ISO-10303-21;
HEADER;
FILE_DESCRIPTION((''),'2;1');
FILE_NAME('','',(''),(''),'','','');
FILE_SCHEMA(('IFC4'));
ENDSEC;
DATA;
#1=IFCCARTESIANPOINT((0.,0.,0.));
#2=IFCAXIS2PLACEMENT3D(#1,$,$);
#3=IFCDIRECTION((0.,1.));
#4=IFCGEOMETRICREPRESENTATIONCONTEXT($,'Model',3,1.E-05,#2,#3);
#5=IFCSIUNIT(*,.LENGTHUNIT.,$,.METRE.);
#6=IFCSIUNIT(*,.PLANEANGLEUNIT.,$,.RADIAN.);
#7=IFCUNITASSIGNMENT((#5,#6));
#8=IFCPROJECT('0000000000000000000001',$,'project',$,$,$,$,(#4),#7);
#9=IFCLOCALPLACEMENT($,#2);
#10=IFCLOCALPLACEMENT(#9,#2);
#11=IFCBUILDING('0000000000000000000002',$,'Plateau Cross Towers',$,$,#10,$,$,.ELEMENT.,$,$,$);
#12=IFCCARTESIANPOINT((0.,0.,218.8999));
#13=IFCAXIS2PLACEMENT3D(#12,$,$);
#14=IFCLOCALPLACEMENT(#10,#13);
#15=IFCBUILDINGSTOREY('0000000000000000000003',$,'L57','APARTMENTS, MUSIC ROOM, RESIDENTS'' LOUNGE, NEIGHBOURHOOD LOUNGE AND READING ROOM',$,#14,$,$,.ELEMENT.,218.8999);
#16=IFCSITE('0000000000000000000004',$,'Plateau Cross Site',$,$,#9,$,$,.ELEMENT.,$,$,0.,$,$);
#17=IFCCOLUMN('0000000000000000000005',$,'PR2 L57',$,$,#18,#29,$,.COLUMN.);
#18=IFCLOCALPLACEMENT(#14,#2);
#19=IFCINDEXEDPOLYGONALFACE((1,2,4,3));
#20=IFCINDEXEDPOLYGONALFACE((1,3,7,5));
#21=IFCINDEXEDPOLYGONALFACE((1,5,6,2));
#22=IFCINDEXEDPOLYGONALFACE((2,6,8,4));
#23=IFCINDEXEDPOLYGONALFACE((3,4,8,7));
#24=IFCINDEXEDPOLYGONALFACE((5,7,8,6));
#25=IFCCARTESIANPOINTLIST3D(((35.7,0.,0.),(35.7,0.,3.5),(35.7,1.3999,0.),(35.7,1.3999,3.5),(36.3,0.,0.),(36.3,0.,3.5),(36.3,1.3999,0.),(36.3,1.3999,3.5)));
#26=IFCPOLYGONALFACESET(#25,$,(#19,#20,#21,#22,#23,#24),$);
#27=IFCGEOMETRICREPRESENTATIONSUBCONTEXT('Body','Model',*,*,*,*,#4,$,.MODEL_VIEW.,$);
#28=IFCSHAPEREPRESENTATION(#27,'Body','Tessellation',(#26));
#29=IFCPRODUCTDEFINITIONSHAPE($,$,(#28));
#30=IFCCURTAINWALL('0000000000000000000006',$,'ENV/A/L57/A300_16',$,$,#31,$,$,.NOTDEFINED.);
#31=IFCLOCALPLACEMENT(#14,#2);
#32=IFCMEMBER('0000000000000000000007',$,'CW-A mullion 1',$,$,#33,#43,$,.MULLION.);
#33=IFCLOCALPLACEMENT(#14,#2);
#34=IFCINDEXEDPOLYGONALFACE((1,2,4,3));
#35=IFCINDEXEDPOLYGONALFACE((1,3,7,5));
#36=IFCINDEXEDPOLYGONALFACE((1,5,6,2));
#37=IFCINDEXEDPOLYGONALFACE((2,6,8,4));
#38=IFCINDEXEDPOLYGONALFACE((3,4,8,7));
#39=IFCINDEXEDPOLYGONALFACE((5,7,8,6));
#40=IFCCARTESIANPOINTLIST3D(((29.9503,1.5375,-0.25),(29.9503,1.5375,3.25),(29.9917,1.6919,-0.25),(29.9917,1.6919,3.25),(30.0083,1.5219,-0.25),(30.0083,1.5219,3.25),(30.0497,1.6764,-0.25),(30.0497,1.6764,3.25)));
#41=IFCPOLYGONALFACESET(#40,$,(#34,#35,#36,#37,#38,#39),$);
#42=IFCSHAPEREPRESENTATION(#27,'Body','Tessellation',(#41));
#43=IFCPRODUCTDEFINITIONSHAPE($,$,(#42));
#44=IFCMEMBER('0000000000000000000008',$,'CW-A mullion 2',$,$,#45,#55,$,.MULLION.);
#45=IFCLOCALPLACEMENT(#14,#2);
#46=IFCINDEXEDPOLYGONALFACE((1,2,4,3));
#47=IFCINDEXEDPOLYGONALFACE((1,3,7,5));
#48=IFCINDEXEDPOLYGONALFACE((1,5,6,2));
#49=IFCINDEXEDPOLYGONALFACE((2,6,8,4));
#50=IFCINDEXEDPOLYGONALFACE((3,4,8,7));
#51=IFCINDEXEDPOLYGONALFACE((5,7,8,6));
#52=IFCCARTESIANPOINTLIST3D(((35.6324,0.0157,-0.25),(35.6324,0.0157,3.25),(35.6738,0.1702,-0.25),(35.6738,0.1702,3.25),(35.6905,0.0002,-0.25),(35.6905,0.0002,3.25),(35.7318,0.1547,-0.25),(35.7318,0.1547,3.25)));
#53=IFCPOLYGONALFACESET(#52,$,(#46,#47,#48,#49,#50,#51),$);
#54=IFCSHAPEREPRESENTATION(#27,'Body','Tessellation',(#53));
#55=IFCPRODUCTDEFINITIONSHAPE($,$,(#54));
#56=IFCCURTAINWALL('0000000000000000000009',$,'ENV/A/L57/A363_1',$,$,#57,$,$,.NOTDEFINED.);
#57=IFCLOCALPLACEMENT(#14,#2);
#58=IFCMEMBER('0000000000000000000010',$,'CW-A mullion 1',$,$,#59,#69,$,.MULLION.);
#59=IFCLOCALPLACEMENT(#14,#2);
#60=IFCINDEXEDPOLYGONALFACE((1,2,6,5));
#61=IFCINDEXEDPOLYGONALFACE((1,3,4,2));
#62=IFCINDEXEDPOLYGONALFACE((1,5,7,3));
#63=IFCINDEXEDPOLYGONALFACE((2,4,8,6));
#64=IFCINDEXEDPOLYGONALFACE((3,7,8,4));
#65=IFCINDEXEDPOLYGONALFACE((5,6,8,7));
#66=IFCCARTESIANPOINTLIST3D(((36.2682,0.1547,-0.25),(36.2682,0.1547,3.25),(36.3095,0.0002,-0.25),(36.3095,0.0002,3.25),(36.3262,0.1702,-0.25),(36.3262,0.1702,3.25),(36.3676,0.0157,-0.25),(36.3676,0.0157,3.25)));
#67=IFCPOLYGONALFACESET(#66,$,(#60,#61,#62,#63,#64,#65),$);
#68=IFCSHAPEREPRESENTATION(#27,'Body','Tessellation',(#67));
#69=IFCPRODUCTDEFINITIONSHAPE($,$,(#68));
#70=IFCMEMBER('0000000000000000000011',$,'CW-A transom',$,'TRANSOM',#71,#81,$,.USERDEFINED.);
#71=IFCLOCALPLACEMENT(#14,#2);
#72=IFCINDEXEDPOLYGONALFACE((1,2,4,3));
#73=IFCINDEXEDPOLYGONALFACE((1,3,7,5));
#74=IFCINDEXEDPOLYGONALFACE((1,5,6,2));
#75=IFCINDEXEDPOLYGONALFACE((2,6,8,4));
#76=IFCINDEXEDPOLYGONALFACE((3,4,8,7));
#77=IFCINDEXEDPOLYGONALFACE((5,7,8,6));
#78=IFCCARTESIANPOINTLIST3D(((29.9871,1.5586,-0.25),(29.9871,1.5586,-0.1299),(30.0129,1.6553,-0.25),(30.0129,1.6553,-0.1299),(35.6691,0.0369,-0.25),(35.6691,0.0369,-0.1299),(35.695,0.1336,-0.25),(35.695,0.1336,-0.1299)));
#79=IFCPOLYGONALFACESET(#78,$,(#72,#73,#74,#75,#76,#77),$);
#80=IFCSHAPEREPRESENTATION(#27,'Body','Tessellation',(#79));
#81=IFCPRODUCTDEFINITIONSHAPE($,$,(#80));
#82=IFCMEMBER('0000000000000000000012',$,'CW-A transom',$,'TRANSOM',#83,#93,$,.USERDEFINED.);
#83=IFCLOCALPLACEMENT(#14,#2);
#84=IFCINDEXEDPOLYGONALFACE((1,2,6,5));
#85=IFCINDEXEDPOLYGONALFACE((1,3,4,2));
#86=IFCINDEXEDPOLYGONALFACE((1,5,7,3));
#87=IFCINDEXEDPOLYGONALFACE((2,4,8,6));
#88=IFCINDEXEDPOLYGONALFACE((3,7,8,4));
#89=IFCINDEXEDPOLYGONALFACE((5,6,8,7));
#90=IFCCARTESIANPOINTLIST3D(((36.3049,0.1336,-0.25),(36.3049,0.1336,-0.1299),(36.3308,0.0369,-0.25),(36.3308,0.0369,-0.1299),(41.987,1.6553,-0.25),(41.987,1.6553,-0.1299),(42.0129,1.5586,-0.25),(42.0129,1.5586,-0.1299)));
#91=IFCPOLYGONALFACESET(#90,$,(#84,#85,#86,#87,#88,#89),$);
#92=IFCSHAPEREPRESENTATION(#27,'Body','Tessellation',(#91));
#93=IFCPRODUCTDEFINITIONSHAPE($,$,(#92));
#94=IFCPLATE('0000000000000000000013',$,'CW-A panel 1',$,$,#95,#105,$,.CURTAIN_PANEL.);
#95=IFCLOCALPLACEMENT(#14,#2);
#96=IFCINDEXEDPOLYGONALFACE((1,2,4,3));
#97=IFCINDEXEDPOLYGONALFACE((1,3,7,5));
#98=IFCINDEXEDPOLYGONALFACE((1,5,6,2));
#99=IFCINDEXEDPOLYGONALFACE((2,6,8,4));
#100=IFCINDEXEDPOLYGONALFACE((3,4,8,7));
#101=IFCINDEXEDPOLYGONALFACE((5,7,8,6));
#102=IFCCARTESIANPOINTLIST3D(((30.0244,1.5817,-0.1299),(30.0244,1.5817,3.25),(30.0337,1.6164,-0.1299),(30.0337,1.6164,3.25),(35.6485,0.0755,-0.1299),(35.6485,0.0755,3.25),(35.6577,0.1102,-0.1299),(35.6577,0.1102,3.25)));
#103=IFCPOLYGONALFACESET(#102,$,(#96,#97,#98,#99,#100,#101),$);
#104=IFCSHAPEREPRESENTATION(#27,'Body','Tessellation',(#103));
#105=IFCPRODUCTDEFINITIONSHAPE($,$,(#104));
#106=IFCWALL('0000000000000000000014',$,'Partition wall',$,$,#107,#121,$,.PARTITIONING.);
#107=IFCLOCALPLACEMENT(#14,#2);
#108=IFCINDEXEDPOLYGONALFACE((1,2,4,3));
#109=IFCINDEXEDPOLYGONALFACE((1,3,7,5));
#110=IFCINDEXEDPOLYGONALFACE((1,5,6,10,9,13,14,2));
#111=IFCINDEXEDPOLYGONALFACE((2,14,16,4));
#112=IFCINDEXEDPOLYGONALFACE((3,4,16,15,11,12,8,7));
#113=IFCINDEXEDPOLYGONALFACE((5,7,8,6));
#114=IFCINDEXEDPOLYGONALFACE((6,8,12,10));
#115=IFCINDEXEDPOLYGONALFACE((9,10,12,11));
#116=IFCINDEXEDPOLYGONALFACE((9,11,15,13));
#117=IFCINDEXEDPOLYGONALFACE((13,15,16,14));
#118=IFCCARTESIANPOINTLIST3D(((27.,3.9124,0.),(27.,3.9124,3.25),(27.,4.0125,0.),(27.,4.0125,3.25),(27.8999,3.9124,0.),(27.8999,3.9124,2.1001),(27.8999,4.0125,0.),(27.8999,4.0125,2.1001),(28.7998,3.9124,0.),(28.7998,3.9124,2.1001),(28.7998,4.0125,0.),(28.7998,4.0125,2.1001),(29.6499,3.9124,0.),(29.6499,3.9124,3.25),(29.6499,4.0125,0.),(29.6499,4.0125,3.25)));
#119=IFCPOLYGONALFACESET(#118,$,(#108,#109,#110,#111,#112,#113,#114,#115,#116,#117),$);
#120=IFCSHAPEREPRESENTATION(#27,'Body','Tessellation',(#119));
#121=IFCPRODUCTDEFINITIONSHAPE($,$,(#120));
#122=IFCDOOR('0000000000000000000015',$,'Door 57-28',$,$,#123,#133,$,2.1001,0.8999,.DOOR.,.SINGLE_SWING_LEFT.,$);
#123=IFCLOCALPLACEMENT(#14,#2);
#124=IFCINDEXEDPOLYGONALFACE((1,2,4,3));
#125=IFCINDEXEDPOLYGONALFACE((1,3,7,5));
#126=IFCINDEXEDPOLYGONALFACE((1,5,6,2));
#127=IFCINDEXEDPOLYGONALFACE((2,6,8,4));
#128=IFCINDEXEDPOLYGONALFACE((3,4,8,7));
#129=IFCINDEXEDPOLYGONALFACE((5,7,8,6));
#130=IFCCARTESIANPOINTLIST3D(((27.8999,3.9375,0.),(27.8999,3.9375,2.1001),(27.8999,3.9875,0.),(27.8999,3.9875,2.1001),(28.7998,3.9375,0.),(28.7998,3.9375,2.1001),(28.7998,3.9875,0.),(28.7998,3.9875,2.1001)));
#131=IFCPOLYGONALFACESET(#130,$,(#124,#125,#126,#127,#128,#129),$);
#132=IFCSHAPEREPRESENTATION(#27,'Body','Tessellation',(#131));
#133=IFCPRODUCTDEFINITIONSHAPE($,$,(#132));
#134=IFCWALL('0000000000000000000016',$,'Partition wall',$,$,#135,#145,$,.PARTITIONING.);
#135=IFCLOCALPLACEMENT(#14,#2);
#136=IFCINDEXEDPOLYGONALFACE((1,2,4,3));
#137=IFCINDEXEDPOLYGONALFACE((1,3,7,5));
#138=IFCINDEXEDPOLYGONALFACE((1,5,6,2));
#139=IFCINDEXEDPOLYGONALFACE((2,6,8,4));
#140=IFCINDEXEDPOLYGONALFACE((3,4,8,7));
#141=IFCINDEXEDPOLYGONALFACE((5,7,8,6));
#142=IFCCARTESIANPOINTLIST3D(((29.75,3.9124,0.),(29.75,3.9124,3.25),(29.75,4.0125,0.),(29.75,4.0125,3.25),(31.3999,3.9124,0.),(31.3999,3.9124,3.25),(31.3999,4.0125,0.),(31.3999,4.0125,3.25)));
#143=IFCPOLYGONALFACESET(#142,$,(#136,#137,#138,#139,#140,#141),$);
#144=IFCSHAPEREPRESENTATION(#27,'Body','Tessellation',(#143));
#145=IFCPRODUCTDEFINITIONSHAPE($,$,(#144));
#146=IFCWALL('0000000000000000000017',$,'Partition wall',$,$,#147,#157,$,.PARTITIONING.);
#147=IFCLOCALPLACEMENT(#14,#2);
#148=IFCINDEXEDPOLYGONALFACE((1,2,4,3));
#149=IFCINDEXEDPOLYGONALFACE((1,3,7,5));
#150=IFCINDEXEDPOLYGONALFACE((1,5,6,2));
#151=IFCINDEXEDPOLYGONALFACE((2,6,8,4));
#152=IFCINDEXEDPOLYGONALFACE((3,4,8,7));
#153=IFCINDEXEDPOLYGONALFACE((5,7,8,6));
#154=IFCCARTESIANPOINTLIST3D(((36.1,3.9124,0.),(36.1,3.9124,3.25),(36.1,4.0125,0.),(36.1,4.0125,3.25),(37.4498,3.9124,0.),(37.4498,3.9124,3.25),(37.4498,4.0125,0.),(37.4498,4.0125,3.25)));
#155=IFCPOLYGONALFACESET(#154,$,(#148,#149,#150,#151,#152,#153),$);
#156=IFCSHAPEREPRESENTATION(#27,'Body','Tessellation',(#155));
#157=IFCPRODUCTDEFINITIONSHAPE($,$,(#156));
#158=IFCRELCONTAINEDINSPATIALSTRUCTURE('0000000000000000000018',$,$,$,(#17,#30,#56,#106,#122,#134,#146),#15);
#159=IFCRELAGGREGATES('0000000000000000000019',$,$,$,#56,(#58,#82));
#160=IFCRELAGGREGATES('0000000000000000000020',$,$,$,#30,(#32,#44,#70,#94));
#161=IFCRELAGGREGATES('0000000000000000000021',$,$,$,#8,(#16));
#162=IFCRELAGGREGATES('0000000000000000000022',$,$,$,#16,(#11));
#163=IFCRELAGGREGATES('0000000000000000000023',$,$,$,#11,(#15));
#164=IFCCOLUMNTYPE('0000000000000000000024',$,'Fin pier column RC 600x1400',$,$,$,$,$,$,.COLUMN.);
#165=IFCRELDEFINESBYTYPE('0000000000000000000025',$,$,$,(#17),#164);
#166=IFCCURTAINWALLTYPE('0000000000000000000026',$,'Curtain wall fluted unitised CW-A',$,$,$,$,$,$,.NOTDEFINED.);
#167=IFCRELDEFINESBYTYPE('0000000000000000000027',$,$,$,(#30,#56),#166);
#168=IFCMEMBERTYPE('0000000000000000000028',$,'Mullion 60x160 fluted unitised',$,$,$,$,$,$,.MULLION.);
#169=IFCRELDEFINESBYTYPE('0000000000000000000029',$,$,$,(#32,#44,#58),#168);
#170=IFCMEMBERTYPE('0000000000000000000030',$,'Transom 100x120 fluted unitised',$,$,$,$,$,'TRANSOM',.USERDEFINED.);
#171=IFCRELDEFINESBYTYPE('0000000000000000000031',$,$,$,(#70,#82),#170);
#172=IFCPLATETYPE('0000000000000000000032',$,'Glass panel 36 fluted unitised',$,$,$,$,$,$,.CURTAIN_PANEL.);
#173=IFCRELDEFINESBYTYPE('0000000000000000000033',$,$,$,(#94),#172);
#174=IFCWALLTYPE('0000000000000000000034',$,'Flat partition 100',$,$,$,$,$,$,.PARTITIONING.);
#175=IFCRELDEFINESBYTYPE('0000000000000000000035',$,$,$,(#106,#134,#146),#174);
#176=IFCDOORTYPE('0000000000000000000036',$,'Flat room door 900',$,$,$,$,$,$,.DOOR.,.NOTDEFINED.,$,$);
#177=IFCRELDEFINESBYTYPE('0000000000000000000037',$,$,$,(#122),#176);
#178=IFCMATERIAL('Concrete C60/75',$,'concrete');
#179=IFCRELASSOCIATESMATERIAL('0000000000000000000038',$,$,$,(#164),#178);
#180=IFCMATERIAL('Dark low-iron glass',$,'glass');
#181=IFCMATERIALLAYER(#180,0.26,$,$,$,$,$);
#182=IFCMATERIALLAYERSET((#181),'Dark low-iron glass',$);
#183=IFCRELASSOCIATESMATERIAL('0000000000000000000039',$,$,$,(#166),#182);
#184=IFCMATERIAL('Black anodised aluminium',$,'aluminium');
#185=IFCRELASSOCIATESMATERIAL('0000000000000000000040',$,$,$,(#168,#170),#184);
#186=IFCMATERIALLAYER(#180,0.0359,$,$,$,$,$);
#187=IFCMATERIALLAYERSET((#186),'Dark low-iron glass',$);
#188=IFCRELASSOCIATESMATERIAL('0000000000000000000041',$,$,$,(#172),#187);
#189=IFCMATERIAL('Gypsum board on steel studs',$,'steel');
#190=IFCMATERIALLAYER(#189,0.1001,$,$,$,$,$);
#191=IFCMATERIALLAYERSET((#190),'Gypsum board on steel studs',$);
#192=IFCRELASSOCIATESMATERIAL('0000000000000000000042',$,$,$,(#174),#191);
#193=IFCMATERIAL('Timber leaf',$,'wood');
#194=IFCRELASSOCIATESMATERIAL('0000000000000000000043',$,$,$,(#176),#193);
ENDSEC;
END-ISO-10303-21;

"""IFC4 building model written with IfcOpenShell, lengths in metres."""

from ifc_helpers import new_model, si_unit, direction, frame, frame_2d, origin, origin_2d, place, context, subcontext, project, spatial, rectangle, extrude, material, layer, layer_set, material_profile, profile_set, type_object, element, fill, aggregate, save


model = new_model("IFC4")

# Units and contexts
model_context = context("Model", 3, precision=1e-05, world=origin(), true_north=direction((0.0, 1.0)))
body_context = subcontext(model_context, "Body", "Model", "MODEL_VIEW")
ifc_project = project(units=[si_unit("LENGTHUNIT", "METRE"), si_unit("PLANEANGLEUNIT", "RADIAN")], contexts=[model_context])

# Site, building, storey
site_placement = place(None, origin())
site = spatial("IfcSite", under=ifc_project, at=site_placement, Name="Plateau Cross Site", CompositionType="ELEMENT", RefElevation=0.0)
building_placement = place(site_placement, origin())
building = spatial("IfcBuilding", under=site, at=building_placement, Name="Plateau Cross Towers", CompositionType="ELEMENT")
storey_placement = place(building_placement, frame((0.0, 0.0, 218.8999)))
storey = spatial("IfcBuildingStorey", under=building, at=storey_placement, Name="L57", Description="APARTMENTS, MUSIC ROOM, RESIDENTS' LOUNGE, NEIGHBOURHOOD LOUNGE AND READING ROOM", CompositionType="ELEMENT", Elevation=218.8999)

# Column
ifc_material_1 = material(Name="Concrete C60/75", Category="concrete")
ifc_material_profile_1 = material_profile(ifc_material_1, rectangle(XDim=0.6001, YDim=1.3999, at=origin_2d()), Name="RC 600x1400")
ifc_profile_set_1 = profile_set([ifc_material_profile_1], Name="Concrete C60/75")
column_type = type_object("IfcColumnType", Name="Fin pier column RC 600x1400", PredefinedType="COLUMN", material=ifc_profile_set_1)
column_placement = place(storey_placement, frame((36.0, 0.7, 0.0), z_axis=(0.0, 0.0, 1.0), x_axis=(1.0, 0.0, 0.0)))
element("IfcColumn", 1, at=column_placement, inside=storey, type_object=column_type, Name="PR2 L57", PredefinedType="COLUMN", context=body_context, shape_type="SweptSolid", body=[
    extrude(rectangle(XDim=0.6001, YDim=1.3999, at=origin_2d()), origin(), (0.0, 0.0, 1.0), 3.5),
])

# Curtain wall, members
ifc_material_2 = material(Name="Dark low-iron glass", Category="glass")
ifc_layer_1 = layer(ifc_material_2, 0.26)
ifc_layer_set_1 = layer_set([ifc_layer_1], Name="Dark low-iron glass")
curtain_wall_type = type_object("IfcCurtainWallType", Name="Curtain wall fluted unitised CW-A", PredefinedType="NOTDEFINED", material=ifc_layer_set_1)
curtain_wall_1_placement = place(storey_placement, origin())
curtain_wall_1 = element("IfcCurtainWall", 2, at=curtain_wall_1_placement, inside=storey, type_object=curtain_wall_type, Name="ENV/A/L57/A300_16", PredefinedType="NOTDEFINED")
ifc_material_3 = material(Name="Black anodised aluminium", Category="aluminium")
ifc_material_profile_2 = material_profile(ifc_material_3, rectangle(XDim=0.0601, YDim=0.1599, at=origin_2d()), Name="MULLION 60x160")
ifc_profile_set_2 = profile_set([ifc_material_profile_2], Name="Black anodised aluminium")
member_type_1 = type_object("IfcMemberType", Name="Mullion 60x160 fluted unitised", PredefinedType="MULLION", material=ifc_profile_set_2)
member_1_placement = place(storey_placement, frame((30.0, 1.6069, -0.25), z_axis=(0.0, 0.0, 1.0), x_axis=(0.965958, -0.258699, 0.0)))
member_1 = element("IfcMember", 3, at=member_1_placement, type_object=member_type_1, Name="CW-A mullion 1", PredefinedType="MULLION", context=body_context, shape_type="SweptSolid", body=[
    extrude(rectangle(XDim=0.0601, YDim=0.1599, at=origin_2d()), origin(), (0.0, 0.0, 1.0), 3.5),
])
member_2_placement = place(storey_placement, frame((35.6821, 0.0852, -0.25), z_axis=(0.0, 0.0, 1.0), x_axis=(0.965958, -0.258699, 0.0)))
member_2 = element("IfcMember", 4, at=member_2_placement, type_object=member_type_1, Name="CW-A mullion 2", PredefinedType="MULLION", context=body_context, shape_type="SweptSolid", body=[
    extrude(rectangle(XDim=0.0601, YDim=0.1599, at=origin_2d()), origin(), (0.0, 0.0, 1.0), 3.5),
])

# Curtain wall, member
curtain_wall_2_placement = place(storey_placement, origin())
curtain_wall_2 = element("IfcCurtainWall", 5, at=curtain_wall_2_placement, inside=storey, type_object=curtain_wall_type, Name="ENV/A/L57/A363_1", PredefinedType="NOTDEFINED")
member_3_placement = place(storey_placement, frame((36.3179, 0.0852, -0.25), z_axis=(0.0, 0.0, 1.0), x_axis=(0.965958, 0.258699, 0.0)))
member_3 = element("IfcMember", 6, at=member_3_placement, type_object=member_type_1, Name="CW-A mullion 1", PredefinedType="MULLION", context=body_context, shape_type="SweptSolid", body=[
    extrude(rectangle(XDim=0.0601, YDim=0.1599, at=origin_2d()), origin(), (0.0, 0.0, 1.0), 3.5),
])

# Members
ifc_material_profile_3 = material_profile(ifc_material_3, rectangle(XDim=0.1001, YDim=0.1201, at=origin_2d()), Name="TRANSOM 100x120")
ifc_profile_set_3 = profile_set([ifc_material_profile_3], Name="Black anodised aluminium")
member_type_2 = type_object("IfcMemberType", Name="Transom 100x120 fluted unitised", ElementType="TRANSOM", PredefinedType="USERDEFINED", material=ifc_profile_set_3)
member_4_placement = place(storey_placement, frame((30.0, 1.6069, -0.1899), z_axis=(0.96596, -0.258693, 0.0), x_axis=(0.258693, 0.96596, 0.0)))
member_4 = element("IfcMember", 7, at=member_4_placement, type_object=member_type_2, Name="CW-A transom", ObjectType="TRANSOM", PredefinedType="USERDEFINED", context=body_context, shape_type="SweptSolid", body=[
    extrude(rectangle(XDim=0.1001, YDim=0.1201, at=origin_2d()), origin(), (0.0, 0.0, 1.0), 5.8823),
])
member_5_placement = place(storey_placement, frame((36.3179, 0.0852, -0.1899), z_axis=(0.96596, 0.258693, 0.0), x_axis=(-0.258693, 0.96596, 0.0)))
member_5 = element("IfcMember", 8, at=member_5_placement, type_object=member_type_2, Name="CW-A transom", ObjectType="TRANSOM", PredefinedType="USERDEFINED", context=body_context, shape_type="SweptSolid", body=[
    extrude(rectangle(XDim=0.1001, YDim=0.1201, at=origin_2d()), origin(), (0.0, 0.0, 1.0), 5.8823),
])
aggregate(curtain_wall_2, [member_3, member_5])

# Plate
ifc_layer_2 = layer(ifc_material_2, 0.0359)
ifc_layer_set_2 = layer_set([ifc_layer_2], Name="Dark low-iron glass")
plate_type = type_object("IfcPlateType", Name="Glass panel 36 fluted unitised", PredefinedType="CURTAIN_PANEL", material=ifc_layer_set_2)
plate_placement = place(storey_placement, frame((32.8411, 0.8459, -0.1299), z_axis=(0.0, 0.0, 1.0), x_axis=(0.965958, -0.258699, 0.0)))
plate = element("IfcPlate", 9, at=plate_placement, type_object=plate_type, Name="CW-A panel 1", PredefinedType="CURTAIN_PANEL", context=body_context, shape_type="SweptSolid", body=[
    extrude(rectangle(XDim=5.8223, YDim=0.0359, at=origin_2d()), origin(), (0.0, 0.0, 1.0), 3.3799),
])
aggregate(curtain_wall_1, [member_1, member_2, member_4, plate])

# Wall, opening, door
ifc_material_4 = material(Name="Gypsum board on steel studs", Category="steel")
ifc_layer_3 = layer(ifc_material_4, 0.1001)
ifc_layer_set_3 = layer_set([ifc_layer_3], Name="Gypsum board on steel studs")
wall_type_1 = type_object("IfcWallType", Name="Flat partition 100", PredefinedType="PARTITIONING", material=ifc_layer_set_3)
wall_1_placement = place(storey_placement, frame((29.6499, 3.9624, 0.0), z_axis=(0.0, 0.0, 1.0), x_axis=(-1.0, 0.0, 0.0)))
wall_1 = element("IfcWall", 10, at=wall_1_placement, inside=storey, type_object=wall_type_1, Name="Partition wall", PredefinedType="PARTITIONING", context=body_context, shape_type="SweptSolid", body=[
    extrude(rectangle(XDim=2.6499, YDim=0.1001, at=frame_2d((1.325, 0.0))), origin(), (0.0, 0.0, 1.0), 3.25),
])
opening_1_placement = place(wall_1_placement, frame((0.8501, 0.0, 0.0)))
opening_1 = element("IfcOpeningElement", 11, at=opening_1_placement, cuts=wall_1, PredefinedType="OPENING", context=body_context, shape_type="SweptSolid", body=[
    extrude(rectangle(XDim=0.8999, YDim=2.1001, at=frame_2d((0.45, 1.05))), frame((0.0, 0.0601, 0.0), z_axis=(0.0, -1.0, 0.0), x_axis=(1.0, 0.0, 0.0)), (0.0, 0.0, 1.0), 0.1201),
])
ifc_material_5 = material(Name="Timber leaf", Category="wood")
door_type_1 = type_object("IfcDoorType", Name="Flat room door 900", OperationType="NOTDEFINED", PredefinedType="DOOR", material=ifc_material_5)
door_1_placement = place(opening_1_placement, origin())
door_1 = element("IfcDoor", 12, at=door_1_placement, inside=storey, type_object=door_type_1, Name="Door 57-28", OperationType="SINGLE_SWING_LEFT", OverallHeight=2.1001, OverallWidth=0.8999, PredefinedType="DOOR", context=body_context, shape_type="SweptSolid", body=[
    extrude(rectangle(XDim=0.8999, YDim=2.1001, at=frame_2d((0.45, 1.05))), frame((0.0, 0.0249, 0.0), z_axis=(0.0, -1.0, 0.0), x_axis=(1.0, 0.0, 0.0)), (0.0, 0.0, 1.0), 0.05),
])
fill(opening_1, door_1)

# Walls
wall_2_placement = place(storey_placement, frame((29.75, 3.9624, 0.0), z_axis=(0.0, 0.0, 1.0), x_axis=(1.0, 0.0, 0.0)))
element("IfcWall", 13, at=wall_2_placement, inside=storey, type_object=wall_type_1, Name="Partition wall", PredefinedType="PARTITIONING", context=body_context, shape_type="SweptSolid", body=[
    extrude(rectangle(XDim=1.6499, YDim=0.1001, at=frame_2d((0.825, 0.0))), origin(), (0.0, 0.0, 1.0), 3.25),
])
wall_3_placement = place(storey_placement, frame((36.1001, 3.9624, 0.0), z_axis=(0.0, 0.0, 1.0), x_axis=(1.0, 0.0, 0.0)))
element("IfcWall", 14, at=wall_3_placement, inside=storey, type_object=wall_type_1, Name="Partition wall", PredefinedType="PARTITIONING", context=body_context, shape_type="SweptSolid", body=[
    extrude(rectangle(XDim=1.3499, YDim=0.1001, at=frame_2d((0.6748, 0.0))), origin(), (0.0, 0.0, 1.0), 3.25),
])

save(model, "model.ifc")
